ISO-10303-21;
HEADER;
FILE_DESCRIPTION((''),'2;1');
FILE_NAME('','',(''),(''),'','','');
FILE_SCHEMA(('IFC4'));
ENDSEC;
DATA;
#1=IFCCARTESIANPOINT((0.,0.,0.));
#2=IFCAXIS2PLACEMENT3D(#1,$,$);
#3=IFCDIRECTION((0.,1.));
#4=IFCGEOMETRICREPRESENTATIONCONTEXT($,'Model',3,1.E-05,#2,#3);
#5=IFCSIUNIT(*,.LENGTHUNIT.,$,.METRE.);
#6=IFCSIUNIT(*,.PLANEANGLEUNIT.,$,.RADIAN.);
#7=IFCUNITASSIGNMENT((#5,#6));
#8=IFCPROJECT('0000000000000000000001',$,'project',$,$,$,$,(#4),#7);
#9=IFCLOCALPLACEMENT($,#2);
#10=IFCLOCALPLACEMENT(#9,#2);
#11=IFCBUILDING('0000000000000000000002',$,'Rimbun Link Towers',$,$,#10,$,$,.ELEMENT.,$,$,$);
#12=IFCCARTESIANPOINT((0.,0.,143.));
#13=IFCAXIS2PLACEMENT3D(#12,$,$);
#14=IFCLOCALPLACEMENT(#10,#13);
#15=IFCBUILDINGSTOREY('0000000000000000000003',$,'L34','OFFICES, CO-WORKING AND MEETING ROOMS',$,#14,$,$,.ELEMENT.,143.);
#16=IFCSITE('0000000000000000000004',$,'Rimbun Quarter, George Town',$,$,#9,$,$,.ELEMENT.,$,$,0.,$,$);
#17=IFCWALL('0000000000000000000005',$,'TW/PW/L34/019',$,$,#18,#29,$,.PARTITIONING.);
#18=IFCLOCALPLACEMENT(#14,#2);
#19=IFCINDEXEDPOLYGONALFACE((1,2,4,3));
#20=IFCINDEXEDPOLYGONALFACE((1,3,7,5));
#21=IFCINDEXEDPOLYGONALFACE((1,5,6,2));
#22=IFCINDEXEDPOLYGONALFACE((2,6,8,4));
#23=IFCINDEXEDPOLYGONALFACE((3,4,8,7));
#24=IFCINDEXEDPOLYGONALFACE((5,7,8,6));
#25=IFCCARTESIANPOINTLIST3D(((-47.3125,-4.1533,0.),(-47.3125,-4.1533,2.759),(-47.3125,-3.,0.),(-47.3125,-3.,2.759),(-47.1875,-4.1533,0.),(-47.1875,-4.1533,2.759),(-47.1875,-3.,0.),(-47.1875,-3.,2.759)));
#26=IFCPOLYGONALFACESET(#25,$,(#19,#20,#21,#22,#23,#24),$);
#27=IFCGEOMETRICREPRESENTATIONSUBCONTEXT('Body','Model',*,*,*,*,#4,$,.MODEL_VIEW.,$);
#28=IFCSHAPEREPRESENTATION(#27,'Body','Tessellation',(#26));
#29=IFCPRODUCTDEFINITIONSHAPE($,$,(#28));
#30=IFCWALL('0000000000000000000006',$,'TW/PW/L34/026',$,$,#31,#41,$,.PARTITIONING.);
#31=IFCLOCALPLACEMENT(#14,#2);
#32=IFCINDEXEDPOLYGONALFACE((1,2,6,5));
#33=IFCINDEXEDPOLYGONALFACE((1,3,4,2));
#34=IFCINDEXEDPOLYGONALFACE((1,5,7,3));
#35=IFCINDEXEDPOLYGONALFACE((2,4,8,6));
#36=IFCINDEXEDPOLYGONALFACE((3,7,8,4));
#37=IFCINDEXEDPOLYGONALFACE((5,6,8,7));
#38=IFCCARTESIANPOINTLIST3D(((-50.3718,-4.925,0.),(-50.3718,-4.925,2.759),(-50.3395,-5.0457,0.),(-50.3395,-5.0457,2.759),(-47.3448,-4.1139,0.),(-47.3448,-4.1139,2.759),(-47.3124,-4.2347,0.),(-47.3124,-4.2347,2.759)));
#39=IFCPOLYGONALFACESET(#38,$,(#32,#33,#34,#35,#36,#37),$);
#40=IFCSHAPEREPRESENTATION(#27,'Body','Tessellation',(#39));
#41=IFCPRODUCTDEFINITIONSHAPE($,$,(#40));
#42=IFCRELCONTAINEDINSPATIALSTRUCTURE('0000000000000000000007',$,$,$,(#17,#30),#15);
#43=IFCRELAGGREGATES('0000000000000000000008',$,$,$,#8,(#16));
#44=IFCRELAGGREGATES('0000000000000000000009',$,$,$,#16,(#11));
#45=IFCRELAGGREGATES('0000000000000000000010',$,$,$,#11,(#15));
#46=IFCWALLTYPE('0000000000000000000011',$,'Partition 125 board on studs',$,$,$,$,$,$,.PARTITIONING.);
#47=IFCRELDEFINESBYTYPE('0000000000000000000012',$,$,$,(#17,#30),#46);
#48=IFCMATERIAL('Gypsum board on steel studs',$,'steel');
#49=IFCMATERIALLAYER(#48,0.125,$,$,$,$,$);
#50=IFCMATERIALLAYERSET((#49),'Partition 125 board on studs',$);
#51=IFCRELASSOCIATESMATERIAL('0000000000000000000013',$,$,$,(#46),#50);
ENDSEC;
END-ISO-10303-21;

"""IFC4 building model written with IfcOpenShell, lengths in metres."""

from ifc_helpers import new_model, si_unit, direction, frame, frame_2d, origin, place, context, subcontext, project, spatial, rectangle, extrude, material, layer, layer_set, type_object, element, save


model = new_model("IFC4")

# Units and contexts
model_context = context("Model", 3, precision=1e-05, world=origin(), true_north=direction((0.0, 1.0)))
body_context = subcontext(model_context, "Body", "Model", "MODEL_VIEW")
ifc_project = project(units=[si_unit("LENGTHUNIT", "METRE"), si_unit("PLANEANGLEUNIT", "RADIAN")], contexts=[model_context])

# Site, building, storey
site_placement = place(None, origin())
site = spatial("IfcSite", under=ifc_project, at=site_placement, Name="Rimbun Quarter, George Town", CompositionType="ELEMENT", RefElevation=0.0)
building_placement = place(site_placement, origin())
building = spatial("IfcBuilding", under=site, at=building_placement, Name="Rimbun Link Towers", CompositionType="ELEMENT")
storey_placement = place(building_placement, frame((0.0, 0.0, 143.0)))
storey = spatial("IfcBuildingStorey", under=building, at=storey_placement, Name="L34", Description="OFFICES, CO-WORKING AND MEETING ROOMS", CompositionType="ELEMENT", Elevation=143.0)

# Shared definitions
ifc_material_1 = material(Name="Gypsum board on steel studs", Category="steel")
ifc_layer_1 = layer(ifc_material_1, 0.125)
ifc_layer_set_1 = layer_set([ifc_layer_1], Name="Partition 125 board on studs")
wall_type_1 = type_object("IfcWallType", Name="Partition 125 board on studs", PredefinedType="PARTITIONING", material=ifc_layer_set_1)

# Walls
wall_1_placement = place(storey_placement, frame((-47.25, -3.0, 0.0), z_axis=(0.0, 0.0, 1.0), x_axis=(0.0, -1.0, 0.0)))
element("IfcWall", 1, at=wall_1_placement, inside=storey, type_object=wall_type_1, Name="TW/PW/L34/019", PredefinedType="PARTITIONING", context=body_context, shape_type="SweptSolid", body=[
    extrude(rectangle(XDim=1.1533, YDim=0.125, at=frame_2d((0.5767, 0.0))), origin(), (0.0, 0.0, 1.0), 2.759),
])
wall_2_placement = place(storey_placement, frame((-47.3286, -4.1743, 0.0), z_axis=(0.0, 0.0, 1.0), x_axis=(-0.965932, -0.258797, 0.0)))
element("IfcWall", 2, at=wall_2_placement, inside=storey, type_object=wall_type_1, Name="TW/PW/L34/026", PredefinedType="PARTITIONING", context=body_context, shape_type="SweptSolid", body=[
    extrude(rectangle(XDim=3.1338, YDim=0.125, at=frame_2d((1.5669, 0.0))), origin(), (0.0, 0.0, 1.0), 2.759),
])

save(model, "model.ifc")
